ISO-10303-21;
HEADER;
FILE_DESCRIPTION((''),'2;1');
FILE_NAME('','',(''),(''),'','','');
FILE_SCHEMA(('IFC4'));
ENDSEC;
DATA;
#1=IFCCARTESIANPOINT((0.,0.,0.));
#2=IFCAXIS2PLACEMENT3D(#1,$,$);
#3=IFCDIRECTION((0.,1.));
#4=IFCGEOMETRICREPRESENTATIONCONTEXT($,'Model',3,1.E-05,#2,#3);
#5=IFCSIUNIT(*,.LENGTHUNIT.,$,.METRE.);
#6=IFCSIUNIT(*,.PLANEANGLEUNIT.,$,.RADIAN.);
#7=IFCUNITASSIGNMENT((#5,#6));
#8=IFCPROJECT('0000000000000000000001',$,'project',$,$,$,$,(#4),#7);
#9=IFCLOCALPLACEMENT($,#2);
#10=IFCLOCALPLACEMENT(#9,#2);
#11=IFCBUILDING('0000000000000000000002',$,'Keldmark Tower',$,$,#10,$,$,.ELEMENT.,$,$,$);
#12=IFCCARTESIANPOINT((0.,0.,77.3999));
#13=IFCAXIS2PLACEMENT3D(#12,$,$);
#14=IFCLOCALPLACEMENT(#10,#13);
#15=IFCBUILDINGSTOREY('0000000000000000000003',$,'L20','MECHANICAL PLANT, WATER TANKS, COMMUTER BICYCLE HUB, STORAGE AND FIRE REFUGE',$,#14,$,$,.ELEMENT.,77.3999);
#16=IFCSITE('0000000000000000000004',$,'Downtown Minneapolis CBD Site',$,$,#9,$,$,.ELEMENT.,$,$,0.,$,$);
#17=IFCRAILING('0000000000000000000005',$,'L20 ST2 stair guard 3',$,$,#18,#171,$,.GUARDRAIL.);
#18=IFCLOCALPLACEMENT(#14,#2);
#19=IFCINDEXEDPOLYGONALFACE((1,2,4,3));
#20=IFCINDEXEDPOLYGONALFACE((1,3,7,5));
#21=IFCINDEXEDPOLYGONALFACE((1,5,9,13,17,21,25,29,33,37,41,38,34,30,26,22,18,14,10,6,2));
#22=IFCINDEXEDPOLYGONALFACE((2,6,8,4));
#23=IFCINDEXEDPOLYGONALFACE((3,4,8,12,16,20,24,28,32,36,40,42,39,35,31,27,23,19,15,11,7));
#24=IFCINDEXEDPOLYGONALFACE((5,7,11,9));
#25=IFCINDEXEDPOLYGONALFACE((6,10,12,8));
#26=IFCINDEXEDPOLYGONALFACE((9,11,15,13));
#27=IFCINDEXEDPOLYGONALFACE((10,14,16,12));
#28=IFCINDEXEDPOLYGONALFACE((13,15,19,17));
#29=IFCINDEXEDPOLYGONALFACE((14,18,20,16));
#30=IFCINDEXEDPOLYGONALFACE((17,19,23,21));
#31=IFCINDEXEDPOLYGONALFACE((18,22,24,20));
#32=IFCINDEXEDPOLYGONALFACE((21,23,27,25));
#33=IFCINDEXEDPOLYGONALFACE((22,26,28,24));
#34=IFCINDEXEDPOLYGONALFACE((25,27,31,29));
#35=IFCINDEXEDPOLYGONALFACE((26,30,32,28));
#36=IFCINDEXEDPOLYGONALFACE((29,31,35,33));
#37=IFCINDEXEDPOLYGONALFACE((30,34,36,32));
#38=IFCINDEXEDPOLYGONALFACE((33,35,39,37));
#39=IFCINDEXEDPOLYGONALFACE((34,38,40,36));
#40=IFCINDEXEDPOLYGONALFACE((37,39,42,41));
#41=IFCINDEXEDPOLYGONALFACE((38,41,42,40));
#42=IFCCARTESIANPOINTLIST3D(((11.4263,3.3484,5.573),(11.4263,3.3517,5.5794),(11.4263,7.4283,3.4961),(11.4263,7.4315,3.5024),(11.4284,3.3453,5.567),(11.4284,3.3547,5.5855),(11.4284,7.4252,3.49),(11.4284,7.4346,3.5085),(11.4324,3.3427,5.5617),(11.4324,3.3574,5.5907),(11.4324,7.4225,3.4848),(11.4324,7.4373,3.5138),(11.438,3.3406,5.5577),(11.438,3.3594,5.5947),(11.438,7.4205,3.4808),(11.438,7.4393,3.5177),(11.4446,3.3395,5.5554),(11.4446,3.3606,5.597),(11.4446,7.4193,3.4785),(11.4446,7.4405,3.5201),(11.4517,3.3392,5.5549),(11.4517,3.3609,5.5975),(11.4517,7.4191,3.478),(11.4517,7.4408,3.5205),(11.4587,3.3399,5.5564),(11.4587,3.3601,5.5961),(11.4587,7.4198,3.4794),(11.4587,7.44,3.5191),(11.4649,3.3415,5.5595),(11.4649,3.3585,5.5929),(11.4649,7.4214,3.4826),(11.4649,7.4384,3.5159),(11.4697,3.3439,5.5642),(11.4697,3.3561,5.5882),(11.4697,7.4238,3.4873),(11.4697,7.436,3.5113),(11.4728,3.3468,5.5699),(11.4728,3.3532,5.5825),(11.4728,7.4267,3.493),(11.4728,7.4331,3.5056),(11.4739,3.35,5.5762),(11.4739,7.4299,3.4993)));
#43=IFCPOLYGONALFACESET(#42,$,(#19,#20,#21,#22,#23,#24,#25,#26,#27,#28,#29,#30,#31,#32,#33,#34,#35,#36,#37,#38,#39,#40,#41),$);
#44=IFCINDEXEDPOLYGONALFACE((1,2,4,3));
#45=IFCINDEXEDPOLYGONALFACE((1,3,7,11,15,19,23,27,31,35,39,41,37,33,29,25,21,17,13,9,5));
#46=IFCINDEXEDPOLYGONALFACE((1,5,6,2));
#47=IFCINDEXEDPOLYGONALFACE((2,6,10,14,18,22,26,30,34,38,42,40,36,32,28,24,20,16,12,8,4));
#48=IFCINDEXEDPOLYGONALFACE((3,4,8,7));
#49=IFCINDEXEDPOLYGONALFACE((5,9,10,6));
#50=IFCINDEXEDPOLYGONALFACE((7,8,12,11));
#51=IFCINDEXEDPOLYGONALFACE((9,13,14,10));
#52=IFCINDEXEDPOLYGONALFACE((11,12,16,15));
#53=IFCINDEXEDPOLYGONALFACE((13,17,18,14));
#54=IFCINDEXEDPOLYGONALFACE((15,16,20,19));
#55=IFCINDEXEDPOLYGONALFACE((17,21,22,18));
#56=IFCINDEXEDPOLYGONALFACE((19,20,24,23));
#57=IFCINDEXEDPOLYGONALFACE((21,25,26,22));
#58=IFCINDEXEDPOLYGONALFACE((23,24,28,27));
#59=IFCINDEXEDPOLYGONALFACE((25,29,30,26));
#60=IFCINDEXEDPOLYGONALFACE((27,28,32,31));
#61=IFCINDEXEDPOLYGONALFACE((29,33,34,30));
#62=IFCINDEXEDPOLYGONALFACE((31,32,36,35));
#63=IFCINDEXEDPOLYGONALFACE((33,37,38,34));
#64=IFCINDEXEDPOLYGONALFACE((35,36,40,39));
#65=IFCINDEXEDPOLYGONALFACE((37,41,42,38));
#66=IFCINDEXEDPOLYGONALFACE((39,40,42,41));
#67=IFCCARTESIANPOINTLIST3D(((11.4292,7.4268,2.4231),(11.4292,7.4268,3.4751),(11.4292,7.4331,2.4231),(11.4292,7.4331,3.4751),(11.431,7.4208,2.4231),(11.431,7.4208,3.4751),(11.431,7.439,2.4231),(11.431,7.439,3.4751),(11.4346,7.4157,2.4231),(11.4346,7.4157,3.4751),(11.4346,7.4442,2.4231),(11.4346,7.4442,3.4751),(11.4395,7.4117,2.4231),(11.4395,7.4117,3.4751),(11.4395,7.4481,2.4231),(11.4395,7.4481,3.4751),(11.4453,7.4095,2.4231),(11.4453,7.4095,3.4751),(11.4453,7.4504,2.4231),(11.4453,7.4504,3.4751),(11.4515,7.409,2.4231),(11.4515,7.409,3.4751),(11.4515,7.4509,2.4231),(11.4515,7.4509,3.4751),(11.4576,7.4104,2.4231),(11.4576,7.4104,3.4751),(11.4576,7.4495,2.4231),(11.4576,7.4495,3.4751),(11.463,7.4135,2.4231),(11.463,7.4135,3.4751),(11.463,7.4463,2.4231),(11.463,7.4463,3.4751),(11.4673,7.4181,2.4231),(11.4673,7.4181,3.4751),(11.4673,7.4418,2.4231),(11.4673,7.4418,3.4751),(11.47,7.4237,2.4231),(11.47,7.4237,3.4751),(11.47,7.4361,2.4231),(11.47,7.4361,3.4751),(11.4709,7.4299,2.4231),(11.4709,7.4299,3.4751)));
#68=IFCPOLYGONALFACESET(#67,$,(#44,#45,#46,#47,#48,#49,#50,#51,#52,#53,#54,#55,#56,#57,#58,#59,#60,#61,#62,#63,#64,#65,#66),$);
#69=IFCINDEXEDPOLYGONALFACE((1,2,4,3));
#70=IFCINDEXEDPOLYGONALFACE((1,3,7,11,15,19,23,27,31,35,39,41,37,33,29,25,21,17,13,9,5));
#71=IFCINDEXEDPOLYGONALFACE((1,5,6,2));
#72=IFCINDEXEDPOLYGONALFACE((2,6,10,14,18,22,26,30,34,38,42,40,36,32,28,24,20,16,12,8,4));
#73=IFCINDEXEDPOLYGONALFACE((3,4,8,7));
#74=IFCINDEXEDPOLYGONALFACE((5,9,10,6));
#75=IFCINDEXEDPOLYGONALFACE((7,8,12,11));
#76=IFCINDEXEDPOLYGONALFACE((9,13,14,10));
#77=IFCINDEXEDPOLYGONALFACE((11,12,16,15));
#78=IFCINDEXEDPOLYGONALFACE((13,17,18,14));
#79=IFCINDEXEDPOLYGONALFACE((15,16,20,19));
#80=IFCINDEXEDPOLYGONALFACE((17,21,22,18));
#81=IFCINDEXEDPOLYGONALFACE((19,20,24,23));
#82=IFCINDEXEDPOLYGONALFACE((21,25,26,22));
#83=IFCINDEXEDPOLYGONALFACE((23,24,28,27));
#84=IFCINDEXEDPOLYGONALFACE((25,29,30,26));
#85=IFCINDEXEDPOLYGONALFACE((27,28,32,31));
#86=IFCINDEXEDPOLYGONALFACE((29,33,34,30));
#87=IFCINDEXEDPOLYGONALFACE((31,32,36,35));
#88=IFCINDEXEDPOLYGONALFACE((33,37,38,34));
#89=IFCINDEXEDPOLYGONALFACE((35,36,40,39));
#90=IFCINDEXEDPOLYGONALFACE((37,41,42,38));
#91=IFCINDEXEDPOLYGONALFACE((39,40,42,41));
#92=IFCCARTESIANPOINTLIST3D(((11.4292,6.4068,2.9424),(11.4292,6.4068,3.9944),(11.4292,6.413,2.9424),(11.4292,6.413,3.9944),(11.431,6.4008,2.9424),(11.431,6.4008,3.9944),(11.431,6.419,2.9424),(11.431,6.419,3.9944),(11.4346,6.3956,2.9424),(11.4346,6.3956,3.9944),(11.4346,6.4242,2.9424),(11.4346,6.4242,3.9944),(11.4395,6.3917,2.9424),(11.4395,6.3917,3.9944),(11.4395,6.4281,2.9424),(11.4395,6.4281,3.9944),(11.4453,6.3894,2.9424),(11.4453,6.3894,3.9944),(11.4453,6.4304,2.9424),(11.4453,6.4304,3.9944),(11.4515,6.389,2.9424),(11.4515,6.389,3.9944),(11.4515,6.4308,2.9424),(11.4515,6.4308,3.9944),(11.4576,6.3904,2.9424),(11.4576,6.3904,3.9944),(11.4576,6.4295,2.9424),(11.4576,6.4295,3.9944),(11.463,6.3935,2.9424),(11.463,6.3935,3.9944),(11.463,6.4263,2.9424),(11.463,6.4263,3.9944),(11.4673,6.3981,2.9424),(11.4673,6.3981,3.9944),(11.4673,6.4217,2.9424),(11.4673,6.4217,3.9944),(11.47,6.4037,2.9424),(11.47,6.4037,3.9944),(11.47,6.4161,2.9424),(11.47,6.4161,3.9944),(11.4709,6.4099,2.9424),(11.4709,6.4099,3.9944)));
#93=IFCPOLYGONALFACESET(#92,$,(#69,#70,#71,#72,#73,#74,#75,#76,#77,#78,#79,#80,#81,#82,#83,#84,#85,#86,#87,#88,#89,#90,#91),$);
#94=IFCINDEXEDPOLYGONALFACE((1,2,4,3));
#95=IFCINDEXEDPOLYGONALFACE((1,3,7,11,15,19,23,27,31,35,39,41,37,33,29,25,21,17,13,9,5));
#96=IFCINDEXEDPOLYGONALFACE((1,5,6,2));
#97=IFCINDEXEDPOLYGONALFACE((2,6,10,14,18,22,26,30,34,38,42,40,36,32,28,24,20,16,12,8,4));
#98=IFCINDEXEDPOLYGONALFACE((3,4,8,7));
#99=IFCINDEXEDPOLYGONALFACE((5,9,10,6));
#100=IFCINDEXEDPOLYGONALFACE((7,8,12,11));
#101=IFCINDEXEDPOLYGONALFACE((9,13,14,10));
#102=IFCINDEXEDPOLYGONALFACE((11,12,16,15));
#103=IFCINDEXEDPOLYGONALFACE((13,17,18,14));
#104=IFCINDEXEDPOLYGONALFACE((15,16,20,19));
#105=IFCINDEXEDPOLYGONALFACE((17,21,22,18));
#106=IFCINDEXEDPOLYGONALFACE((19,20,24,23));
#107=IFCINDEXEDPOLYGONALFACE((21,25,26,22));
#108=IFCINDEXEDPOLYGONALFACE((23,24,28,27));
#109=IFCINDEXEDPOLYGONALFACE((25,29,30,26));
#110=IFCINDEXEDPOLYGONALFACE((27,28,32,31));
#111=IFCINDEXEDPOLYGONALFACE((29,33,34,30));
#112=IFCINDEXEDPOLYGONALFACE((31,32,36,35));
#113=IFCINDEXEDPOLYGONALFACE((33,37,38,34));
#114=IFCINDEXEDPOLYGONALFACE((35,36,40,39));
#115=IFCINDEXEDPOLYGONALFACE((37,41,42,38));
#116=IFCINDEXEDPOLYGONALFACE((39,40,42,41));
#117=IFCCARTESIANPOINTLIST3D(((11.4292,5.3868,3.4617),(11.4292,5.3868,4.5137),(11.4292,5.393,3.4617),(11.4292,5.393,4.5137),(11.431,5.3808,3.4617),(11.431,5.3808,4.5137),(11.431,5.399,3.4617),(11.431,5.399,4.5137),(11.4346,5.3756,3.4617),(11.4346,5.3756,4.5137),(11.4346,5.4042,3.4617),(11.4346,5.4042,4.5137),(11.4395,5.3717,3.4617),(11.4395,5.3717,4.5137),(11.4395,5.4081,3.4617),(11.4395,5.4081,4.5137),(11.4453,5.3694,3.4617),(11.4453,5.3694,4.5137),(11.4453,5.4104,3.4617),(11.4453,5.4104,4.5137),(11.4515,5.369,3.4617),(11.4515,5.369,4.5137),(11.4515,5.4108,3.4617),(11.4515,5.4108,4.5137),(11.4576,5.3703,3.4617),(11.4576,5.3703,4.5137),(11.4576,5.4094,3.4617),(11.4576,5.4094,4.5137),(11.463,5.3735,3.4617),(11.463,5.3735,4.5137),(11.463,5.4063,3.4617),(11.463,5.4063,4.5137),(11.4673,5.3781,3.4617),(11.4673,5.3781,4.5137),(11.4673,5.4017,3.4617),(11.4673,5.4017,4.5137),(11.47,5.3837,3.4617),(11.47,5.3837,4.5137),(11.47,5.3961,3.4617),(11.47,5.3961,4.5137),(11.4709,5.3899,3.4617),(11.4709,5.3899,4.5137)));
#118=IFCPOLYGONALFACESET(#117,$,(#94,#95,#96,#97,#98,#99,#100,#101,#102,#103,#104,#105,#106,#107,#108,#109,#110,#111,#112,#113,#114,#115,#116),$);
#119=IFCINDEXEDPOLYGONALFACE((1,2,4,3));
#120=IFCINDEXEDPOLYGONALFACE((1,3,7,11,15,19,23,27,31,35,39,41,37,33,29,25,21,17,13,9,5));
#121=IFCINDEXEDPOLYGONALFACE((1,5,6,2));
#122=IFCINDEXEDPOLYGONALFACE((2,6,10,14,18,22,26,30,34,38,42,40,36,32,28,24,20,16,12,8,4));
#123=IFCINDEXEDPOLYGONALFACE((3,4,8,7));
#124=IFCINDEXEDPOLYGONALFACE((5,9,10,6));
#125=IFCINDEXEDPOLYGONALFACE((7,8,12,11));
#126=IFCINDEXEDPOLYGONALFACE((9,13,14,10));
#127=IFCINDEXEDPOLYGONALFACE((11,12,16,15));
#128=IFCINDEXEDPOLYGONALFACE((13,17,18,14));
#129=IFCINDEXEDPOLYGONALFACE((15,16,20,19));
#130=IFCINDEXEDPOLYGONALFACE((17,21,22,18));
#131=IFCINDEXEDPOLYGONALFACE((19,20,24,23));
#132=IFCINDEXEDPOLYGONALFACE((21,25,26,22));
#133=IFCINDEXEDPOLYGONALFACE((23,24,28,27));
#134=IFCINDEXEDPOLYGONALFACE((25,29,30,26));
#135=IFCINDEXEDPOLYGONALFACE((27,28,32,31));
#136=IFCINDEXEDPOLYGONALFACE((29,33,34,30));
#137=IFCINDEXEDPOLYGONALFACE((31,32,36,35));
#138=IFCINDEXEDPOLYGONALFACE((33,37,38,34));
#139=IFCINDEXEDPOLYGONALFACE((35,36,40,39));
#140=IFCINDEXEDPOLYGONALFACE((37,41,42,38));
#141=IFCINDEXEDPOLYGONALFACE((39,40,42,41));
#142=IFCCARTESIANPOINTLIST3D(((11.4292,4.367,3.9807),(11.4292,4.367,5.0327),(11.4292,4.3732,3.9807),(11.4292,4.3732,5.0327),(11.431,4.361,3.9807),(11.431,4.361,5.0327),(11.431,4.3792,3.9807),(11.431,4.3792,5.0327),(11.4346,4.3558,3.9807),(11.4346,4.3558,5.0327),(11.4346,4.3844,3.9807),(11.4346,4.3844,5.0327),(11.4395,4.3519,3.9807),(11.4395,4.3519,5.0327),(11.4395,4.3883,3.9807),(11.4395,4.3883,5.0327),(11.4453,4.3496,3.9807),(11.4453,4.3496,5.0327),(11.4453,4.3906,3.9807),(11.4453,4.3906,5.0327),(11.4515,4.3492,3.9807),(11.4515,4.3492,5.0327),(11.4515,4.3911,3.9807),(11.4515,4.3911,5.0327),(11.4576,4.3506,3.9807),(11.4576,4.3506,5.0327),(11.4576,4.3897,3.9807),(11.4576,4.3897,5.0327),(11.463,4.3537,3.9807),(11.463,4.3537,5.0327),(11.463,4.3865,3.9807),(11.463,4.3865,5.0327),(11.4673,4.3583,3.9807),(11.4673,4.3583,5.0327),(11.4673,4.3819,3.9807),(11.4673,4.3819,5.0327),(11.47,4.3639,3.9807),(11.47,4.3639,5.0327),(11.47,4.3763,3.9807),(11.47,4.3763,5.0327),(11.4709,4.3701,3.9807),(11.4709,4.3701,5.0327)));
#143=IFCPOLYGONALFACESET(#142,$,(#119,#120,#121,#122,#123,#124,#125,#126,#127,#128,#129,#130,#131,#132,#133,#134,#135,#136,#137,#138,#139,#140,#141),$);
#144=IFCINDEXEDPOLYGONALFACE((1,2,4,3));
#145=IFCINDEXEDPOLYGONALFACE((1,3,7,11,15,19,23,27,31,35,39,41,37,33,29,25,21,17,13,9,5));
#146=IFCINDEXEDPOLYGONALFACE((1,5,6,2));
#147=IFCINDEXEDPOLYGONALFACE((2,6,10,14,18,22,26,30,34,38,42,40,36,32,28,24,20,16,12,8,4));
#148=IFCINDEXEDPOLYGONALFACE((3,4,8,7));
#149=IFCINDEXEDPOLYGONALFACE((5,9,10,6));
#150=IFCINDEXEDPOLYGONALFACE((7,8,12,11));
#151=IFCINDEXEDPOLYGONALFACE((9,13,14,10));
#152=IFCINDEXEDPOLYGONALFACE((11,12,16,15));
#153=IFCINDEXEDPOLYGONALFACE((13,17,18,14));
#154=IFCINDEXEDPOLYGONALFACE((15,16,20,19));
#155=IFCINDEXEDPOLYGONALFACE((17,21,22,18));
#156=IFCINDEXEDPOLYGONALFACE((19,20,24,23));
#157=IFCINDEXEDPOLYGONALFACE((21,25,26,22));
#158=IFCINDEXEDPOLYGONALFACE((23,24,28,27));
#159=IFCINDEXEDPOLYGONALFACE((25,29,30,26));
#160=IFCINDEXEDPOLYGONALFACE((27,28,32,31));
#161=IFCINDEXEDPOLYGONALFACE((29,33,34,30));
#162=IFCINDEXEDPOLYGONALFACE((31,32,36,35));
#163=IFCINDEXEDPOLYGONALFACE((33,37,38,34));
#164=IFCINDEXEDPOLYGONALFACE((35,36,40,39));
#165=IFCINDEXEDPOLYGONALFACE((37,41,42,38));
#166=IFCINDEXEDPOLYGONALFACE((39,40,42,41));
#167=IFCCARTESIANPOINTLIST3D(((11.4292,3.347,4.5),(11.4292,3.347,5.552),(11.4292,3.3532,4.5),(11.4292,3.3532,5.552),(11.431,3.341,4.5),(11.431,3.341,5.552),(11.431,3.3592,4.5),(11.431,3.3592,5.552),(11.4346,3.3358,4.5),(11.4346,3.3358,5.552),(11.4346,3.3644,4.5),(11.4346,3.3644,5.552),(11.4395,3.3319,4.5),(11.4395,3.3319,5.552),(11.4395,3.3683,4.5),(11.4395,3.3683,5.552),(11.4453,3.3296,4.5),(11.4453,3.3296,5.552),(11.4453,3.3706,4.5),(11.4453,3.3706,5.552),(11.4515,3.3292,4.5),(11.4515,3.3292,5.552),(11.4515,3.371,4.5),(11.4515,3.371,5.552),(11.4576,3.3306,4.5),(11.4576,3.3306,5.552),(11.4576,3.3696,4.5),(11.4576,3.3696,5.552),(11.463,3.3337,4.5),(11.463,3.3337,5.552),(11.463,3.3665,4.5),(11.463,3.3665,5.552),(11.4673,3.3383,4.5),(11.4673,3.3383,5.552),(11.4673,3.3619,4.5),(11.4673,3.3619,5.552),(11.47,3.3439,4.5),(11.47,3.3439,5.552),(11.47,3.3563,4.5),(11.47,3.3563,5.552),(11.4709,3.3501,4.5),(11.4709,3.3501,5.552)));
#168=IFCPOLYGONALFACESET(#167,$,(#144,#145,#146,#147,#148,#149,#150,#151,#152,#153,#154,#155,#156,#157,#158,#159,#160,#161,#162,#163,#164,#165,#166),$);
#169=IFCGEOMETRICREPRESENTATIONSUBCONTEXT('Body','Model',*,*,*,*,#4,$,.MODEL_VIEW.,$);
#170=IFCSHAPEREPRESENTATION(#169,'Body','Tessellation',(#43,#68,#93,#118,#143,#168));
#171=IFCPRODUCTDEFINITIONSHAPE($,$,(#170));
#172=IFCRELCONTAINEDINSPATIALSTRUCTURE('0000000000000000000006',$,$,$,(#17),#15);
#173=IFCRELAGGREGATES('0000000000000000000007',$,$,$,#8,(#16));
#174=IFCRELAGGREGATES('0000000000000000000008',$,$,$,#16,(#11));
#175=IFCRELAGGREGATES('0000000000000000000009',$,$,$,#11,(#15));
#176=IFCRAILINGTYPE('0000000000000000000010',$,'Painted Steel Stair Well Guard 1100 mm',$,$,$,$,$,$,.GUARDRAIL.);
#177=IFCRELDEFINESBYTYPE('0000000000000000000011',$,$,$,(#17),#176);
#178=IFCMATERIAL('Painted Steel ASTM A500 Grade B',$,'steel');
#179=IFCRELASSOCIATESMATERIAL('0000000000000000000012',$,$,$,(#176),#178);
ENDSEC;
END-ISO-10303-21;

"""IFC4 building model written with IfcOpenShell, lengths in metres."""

from ifc_helpers import new_model, si_unit, direction, frame, origin, origin_2d, place, context, subcontext, project, spatial, circle, extrude, material, type_object, element, save


model = new_model("IFC4")

# Units and contexts
model_context = context("Model", 3, precision=1e-05, world=origin(), true_north=direction((0.0, 1.0)))
body_context = subcontext(model_context, "Body", "Model", "MODEL_VIEW")
ifc_project = project(units=[si_unit("LENGTHUNIT", "METRE"), si_unit("PLANEANGLEUNIT", "RADIAN")], contexts=[model_context])

# Site, building, storey
site_placement = place(None, origin())
site = spatial("IfcSite", under=ifc_project, at=site_placement, Name="Downtown Minneapolis CBD Site", CompositionType="ELEMENT", RefElevation=0.0)
building_placement = place(site_placement, origin())
building = spatial("IfcBuilding", under=site, at=building_placement, Name="Keldmark Tower", CompositionType="ELEMENT")
storey_placement = place(building_placement, frame((0.0, 0.0, 77.3999)))
storey = spatial("IfcBuildingStorey", under=building, at=storey_placement, Name="L20", Description="MECHANICAL PLANT, WATER TANKS, COMMUTER BICYCLE HUB, STORAGE AND FIRE REFUGE", CompositionType="ELEMENT", Elevation=77.3999)

# Railing
ifc_material_1 = material(Name="Painted Steel ASTM A500 Grade B", Category="steel")
railing_type_1 = type_object("IfcRailingType", Name="Painted Steel Stair Well Guard 1100 mm", PredefinedType="GUARDRAIL", material=ifc_material_1)
railing_1_placement = place(storey_placement, frame((11.45, 7.4299, 2.4231)))
element("IfcRailing", 1, at=railing_1_placement, inside=storey, type_object=railing_type_1, Name="L20 ST2 stair guard 3", PredefinedType="GUARDRAIL", context=body_context, shape_type="SweptSolid", body=[
    extrude(circle(Radius=0.0239, at=origin_2d()), frame((0.0, 0.0, 1.0762), z_axis=(0.0, -0.891172, 0.453665), x_axis=(1.0, 0.0, 0.0)), (0.0, 0.0, 1.0), 4.5781),
    extrude(circle(Radius=0.021, at=origin_2d()), origin(), (0.0, 0.0, 1.0), 1.052),
    extrude(circle(Radius=0.021, at=origin_2d()), frame((0.0, -1.02, 0.5193)), (0.0, 0.0, 1.0), 1.052),
    extrude(circle(Radius=0.021, at=origin_2d()), frame((0.0, -2.04, 1.0386)), (0.0, 0.0, 1.0), 1.052),
    extrude(circle(Radius=0.021, at=origin_2d()), frame((0.0, -3.0598, 1.5576)), (0.0, 0.0, 1.0), 1.052),
    extrude(circle(Radius=0.021, at=origin_2d()), frame((0.0, -4.0798, 2.0769)), (0.0, 0.0, 1.0), 1.052),
])

save(model, "model.ifc")
